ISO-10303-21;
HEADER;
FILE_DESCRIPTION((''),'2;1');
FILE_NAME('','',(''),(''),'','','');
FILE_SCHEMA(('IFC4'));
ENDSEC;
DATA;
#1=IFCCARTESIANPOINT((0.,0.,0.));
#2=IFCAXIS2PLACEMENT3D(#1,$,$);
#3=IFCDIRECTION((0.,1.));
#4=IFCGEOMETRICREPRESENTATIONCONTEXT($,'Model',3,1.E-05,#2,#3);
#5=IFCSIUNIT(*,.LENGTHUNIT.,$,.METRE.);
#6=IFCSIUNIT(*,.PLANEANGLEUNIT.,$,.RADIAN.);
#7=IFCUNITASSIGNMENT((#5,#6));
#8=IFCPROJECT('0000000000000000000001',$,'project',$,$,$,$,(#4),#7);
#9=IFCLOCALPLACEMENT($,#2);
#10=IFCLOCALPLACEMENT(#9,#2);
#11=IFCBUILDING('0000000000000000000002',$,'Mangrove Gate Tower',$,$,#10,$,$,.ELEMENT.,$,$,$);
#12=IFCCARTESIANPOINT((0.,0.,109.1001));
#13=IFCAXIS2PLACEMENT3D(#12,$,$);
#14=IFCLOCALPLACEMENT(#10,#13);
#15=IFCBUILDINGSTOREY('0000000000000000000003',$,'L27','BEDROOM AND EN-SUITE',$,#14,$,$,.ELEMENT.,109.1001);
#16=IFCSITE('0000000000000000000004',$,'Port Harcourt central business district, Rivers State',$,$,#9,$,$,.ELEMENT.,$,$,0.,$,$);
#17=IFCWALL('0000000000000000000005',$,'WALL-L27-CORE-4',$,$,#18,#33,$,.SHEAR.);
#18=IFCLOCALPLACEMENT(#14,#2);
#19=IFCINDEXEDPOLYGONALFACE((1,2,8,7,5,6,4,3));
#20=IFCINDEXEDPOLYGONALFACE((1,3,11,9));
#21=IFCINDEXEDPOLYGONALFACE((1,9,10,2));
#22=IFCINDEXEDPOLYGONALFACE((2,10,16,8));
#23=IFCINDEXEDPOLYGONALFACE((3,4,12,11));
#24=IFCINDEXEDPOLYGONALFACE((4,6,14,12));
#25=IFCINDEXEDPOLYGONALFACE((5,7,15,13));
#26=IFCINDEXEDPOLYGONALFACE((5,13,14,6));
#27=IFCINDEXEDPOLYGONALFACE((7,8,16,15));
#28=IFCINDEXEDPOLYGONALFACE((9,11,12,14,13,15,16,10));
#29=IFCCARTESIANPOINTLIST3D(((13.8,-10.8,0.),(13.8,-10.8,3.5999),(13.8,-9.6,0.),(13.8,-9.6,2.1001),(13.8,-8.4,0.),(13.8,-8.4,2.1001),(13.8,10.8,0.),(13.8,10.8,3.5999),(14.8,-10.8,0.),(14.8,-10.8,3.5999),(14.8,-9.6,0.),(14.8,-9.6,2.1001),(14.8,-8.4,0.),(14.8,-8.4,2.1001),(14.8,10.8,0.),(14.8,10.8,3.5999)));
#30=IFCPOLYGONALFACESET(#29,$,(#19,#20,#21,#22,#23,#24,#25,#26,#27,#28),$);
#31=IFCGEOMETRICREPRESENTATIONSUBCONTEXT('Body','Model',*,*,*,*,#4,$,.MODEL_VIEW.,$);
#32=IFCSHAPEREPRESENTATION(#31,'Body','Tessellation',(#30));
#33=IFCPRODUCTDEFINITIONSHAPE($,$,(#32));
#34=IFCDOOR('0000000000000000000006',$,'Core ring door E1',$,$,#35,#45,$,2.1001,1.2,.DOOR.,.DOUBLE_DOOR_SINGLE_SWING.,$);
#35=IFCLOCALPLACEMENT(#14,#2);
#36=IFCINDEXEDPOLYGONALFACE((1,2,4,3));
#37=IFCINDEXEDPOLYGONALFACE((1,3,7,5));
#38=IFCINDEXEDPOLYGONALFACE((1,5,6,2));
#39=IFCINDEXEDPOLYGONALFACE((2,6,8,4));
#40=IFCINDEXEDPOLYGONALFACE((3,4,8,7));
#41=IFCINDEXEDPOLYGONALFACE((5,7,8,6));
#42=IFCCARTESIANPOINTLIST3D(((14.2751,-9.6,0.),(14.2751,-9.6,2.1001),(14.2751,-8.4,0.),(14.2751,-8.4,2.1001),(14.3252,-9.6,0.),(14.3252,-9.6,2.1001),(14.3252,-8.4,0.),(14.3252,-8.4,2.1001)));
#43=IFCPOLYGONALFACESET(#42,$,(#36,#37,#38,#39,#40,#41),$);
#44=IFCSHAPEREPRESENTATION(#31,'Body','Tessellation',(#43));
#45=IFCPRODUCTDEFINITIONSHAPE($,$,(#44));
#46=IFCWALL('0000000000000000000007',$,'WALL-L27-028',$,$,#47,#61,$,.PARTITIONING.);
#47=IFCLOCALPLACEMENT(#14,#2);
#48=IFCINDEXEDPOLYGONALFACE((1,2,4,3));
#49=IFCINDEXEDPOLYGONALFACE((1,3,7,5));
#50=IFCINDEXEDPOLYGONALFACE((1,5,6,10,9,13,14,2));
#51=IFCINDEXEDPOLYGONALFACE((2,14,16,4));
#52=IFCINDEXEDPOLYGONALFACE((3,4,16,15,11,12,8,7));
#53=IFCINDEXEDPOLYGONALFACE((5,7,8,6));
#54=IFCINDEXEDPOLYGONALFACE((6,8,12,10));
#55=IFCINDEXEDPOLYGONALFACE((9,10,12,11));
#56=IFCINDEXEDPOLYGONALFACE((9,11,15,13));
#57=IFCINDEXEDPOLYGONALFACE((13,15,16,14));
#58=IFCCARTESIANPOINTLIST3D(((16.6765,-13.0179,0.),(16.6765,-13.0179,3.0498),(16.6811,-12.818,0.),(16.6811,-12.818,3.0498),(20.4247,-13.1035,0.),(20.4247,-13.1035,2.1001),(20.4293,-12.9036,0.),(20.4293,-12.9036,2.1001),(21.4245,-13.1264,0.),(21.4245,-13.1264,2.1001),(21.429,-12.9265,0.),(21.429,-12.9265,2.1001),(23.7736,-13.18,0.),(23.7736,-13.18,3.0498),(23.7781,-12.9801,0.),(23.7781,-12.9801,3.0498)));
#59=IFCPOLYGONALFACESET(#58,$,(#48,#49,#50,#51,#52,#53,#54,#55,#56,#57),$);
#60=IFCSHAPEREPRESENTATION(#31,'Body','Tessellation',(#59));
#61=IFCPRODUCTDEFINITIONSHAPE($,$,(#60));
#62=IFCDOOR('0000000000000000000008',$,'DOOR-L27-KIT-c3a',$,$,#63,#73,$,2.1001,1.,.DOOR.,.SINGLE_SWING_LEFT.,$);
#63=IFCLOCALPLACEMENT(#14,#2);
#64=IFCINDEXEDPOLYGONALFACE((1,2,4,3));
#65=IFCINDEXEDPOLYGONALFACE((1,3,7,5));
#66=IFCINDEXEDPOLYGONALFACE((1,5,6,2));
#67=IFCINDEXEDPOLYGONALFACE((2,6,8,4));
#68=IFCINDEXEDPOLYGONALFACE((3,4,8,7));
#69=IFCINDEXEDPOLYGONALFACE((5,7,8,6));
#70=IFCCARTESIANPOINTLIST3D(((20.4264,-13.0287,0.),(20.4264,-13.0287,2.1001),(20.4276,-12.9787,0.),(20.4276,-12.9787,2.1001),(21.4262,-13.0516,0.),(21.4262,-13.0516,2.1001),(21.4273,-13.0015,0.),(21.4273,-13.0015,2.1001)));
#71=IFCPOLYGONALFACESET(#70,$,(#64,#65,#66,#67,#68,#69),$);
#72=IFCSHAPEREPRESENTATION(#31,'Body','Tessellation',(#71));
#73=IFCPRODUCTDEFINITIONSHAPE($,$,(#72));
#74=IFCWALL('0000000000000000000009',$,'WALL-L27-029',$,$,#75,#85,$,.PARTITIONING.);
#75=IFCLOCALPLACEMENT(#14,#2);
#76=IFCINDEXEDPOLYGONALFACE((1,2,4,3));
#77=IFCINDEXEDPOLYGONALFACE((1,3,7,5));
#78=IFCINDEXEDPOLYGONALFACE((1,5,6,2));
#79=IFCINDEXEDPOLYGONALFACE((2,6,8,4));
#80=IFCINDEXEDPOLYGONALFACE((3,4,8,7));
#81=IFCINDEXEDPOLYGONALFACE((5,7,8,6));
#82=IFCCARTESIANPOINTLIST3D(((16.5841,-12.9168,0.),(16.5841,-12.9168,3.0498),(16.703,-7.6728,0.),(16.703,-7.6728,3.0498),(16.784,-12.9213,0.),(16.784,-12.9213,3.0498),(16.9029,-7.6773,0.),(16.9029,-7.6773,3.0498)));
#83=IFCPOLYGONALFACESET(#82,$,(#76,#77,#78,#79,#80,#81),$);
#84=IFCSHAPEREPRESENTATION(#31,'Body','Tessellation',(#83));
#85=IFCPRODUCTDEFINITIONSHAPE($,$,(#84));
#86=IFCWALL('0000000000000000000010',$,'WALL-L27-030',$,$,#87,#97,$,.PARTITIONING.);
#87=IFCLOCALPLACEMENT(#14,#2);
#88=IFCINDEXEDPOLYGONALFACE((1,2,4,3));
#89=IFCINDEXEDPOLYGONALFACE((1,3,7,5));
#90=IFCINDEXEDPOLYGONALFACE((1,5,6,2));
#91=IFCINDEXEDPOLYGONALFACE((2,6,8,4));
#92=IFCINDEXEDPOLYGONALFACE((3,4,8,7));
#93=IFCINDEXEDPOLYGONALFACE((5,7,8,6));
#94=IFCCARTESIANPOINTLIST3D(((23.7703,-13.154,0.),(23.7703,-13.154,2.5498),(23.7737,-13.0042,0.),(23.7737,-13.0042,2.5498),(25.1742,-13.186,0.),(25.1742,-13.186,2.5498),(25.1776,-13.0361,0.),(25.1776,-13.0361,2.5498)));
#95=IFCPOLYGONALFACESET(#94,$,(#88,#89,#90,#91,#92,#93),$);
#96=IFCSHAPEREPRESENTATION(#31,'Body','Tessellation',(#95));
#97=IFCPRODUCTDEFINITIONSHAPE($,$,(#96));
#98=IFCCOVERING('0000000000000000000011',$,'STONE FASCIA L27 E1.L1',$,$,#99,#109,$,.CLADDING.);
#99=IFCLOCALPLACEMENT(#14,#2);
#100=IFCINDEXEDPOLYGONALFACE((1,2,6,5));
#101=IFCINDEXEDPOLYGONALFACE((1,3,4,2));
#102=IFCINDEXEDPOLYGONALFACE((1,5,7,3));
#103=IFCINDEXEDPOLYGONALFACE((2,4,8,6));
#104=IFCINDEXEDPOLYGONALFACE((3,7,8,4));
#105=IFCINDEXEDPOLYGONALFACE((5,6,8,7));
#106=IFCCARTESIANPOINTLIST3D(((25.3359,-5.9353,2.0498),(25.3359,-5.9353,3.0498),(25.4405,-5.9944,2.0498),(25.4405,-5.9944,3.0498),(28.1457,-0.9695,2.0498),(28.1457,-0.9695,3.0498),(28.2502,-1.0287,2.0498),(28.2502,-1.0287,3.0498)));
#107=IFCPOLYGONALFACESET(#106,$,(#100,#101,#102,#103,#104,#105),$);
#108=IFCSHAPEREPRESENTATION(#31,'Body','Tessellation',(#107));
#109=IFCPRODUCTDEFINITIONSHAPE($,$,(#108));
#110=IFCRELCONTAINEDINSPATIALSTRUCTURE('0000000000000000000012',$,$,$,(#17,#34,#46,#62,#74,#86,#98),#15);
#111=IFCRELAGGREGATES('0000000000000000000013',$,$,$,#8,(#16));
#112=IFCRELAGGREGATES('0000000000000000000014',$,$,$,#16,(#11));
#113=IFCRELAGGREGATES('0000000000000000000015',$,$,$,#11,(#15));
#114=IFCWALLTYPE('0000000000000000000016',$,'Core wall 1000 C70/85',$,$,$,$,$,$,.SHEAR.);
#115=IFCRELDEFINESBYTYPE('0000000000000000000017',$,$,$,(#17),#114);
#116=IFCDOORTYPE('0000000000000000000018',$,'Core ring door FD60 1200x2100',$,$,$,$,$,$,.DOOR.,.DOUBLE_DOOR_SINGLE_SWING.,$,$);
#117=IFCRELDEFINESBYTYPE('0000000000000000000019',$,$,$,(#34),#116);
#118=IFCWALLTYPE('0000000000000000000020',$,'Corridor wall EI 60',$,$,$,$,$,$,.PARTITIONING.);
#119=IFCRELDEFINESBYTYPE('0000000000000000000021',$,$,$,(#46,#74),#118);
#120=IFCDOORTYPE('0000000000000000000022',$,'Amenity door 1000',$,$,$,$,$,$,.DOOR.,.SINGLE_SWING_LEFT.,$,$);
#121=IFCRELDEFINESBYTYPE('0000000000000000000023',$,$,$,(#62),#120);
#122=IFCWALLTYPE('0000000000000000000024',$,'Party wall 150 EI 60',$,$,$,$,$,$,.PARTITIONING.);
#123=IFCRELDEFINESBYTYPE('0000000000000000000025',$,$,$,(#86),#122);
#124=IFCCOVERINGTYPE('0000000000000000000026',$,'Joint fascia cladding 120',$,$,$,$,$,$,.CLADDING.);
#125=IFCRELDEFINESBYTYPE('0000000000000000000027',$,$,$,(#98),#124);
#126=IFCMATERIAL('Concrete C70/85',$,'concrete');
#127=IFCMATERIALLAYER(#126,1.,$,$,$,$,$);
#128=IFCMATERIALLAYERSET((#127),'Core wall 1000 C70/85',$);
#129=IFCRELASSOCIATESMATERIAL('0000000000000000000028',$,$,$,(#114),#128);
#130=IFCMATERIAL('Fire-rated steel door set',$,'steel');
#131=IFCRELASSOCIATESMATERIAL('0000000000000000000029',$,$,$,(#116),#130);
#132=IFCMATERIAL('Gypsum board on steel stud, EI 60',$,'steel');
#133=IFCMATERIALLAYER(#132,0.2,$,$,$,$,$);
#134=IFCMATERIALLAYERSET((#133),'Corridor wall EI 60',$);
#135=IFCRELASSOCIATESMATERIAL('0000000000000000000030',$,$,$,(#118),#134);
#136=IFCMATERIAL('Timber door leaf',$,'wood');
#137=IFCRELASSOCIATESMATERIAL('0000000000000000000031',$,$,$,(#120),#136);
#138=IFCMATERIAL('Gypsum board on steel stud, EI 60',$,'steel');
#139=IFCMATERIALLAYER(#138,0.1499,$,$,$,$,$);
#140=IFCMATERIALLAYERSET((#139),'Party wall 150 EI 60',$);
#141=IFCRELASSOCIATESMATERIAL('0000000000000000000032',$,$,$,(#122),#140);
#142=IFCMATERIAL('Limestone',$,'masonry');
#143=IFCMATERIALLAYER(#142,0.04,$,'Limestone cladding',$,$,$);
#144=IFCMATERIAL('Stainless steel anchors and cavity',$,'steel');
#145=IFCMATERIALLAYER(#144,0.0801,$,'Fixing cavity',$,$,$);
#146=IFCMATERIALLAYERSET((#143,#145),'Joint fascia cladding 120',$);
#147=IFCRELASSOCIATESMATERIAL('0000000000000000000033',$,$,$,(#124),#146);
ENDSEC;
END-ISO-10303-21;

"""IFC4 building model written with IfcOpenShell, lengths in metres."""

from ifc_helpers import new_model, si_unit, direction, frame, frame_2d, origin, place, context, subcontext, project, spatial, rectangle, extrude, material, layer, layer_set, type_object, element, fill, save


model = new_model("IFC4")

# Units and contexts
model_context = context("Model", 3, precision=1e-05, world=origin(), true_north=direction((0.0, 1.0)))
body_context = subcontext(model_context, "Body", "Model", "MODEL_VIEW")
ifc_project = project(units=[si_unit("LENGTHUNIT", "METRE"), si_unit("PLANEANGLEUNIT", "RADIAN")], contexts=[model_context])

# Site, building, storey
site_placement = place(None, origin())
site = spatial("IfcSite", under=ifc_project, at=site_placement, Name="Port Harcourt central business district, Rivers State", CompositionType="ELEMENT", RefElevation=0.0)
building_placement = place(site_placement, origin())
building = spatial("IfcBuilding", under=site, at=building_placement, Name="Mangrove Gate Tower", CompositionType="ELEMENT")
storey_placement = place(building_placement, frame((0.0, 0.0, 109.1001)))
storey = spatial("IfcBuildingStorey", under=building, at=storey_placement, Name="L27", Description="BEDROOM AND EN-SUITE", CompositionType="ELEMENT", Elevation=109.1001)

# Walls, openings, doors
ifc_material_1 = material(Name="Concrete C70/85", Category="concrete")
ifc_layer_1 = layer(ifc_material_1, 1.0)
ifc_layer_set_1 = layer_set([ifc_layer_1], Name="Core wall 1000 C70/85")
wall_type_1 = type_object("IfcWallType", Name="Core wall 1000 C70/85", PredefinedType="SHEAR", material=ifc_layer_set_1)
wall_1_placement = place(storey_placement, frame((14.3, -10.8, 0.0), z_axis=(0.0, 0.0, 1.0), x_axis=(0.0, 1.0, 0.0)))
wall_1 = element("IfcWall", 1, at=wall_1_placement, inside=storey, type_object=wall_type_1, Name="WALL-L27-CORE-4", PredefinedType="SHEAR", context=body_context, shape_type="SweptSolid", body=[
    extrude(rectangle(XDim=21.6001, YDim=1.0, at=frame_2d((10.8, 0.0))), origin(), (0.0, 0.0, 1.0), 3.5999),
])
opening_1_placement = place(wall_1_placement, frame((1.2, 0.0, 0.0)))
opening_1 = element("IfcOpeningElement", 2, at=opening_1_placement, cuts=wall_1, PredefinedType="OPENING", context=body_context, shape_type="SweptSolid", body=[
    extrude(rectangle(XDim=1.2, YDim=2.1001, at=frame_2d((0.6001, 1.05))), frame((0.0, 0.51, 0.0), z_axis=(0.0, -1.0, 0.0), x_axis=(1.0, 0.0, 0.0)), (0.0, 0.0, 1.0), 1.02),
])
ifc_material_2 = material(Name="Fire-rated steel door set", Category="steel")
door_type_1 = type_object("IfcDoorType", Name="Core ring door FD60 1200x2100", OperationType="DOUBLE_DOOR_SINGLE_SWING", PredefinedType="DOOR", material=ifc_material_2)
door_1_placement = place(opening_1_placement, origin())
door_1 = element("IfcDoor", 3, at=door_1_placement, inside=storey, type_object=door_type_1, Name="Core ring door E1", OperationType="DOUBLE_DOOR_SINGLE_SWING", OverallHeight=2.1001, OverallWidth=1.2, PredefinedType="DOOR", context=body_context, shape_type="SweptSolid", body=[
    extrude(rectangle(XDim=1.2, YDim=2.1001, at=frame_2d((0.6001, 1.05))), frame((0.0, 0.0249, 0.0), z_axis=(0.0, -1.0, 0.0), x_axis=(1.0, 0.0, 0.0)), (0.0, 0.0, 1.0), 0.05),
])
fill(opening_1, door_1)
ifc_material_3 = material(Name="Gypsum board on steel stud, EI 60", Category="steel")
ifc_layer_2 = layer(ifc_material_3, 0.2)
ifc_layer_set_2 = layer_set([ifc_layer_2], Name="Corridor wall EI 60")
wall_type_2 = type_object("IfcWallType", Name="Corridor wall EI 60", PredefinedType="PARTITIONING", material=ifc_layer_set_2)
wall_2_placement = place(storey_placement, frame((16.679, -12.918, 0.0), z_axis=(0.0, 0.0, 1.0), x_axis=(0.999739, -0.022836, 0.0)))
wall_2 = element("IfcWall", 4, at=wall_2_placement, inside=storey, type_object=wall_type_2, Name="WALL-L27-028", PredefinedType="PARTITIONING", context=body_context, shape_type="SweptSolid", body=[
    extrude(rectangle(XDim=7.0989, YDim=0.2, at=frame_2d((3.5493, 0.0))), origin(), (0.0, 0.0, 1.0), 3.0498),
])
opening_2_placement = place(wall_2_placement, frame((3.749, 0.0, 0.0)))
opening_2 = element("IfcOpeningElement", 5, at=opening_2_placement, cuts=wall_2, PredefinedType="OPENING", context=body_context, shape_type="SweptSolid", body=[
    extrude(rectangle(XDim=1.0, YDim=2.1001, at=frame_2d((0.5, 1.05))), frame((0.0, 0.1099, 0.0), z_axis=(0.0, -1.0, 0.0), x_axis=(1.0, 0.0, 0.0)), (0.0, 0.0, 1.0), 0.22),
])
ifc_material_4 = material(Name="Timber door leaf", Category="wood")
door_type_2 = type_object("IfcDoorType", Name="Amenity door 1000", OperationType="SINGLE_SWING_LEFT", PredefinedType="DOOR", material=ifc_material_4)
door_2_placement = place(opening_2_placement, origin())
door_2 = element("IfcDoor", 6, at=door_2_placement, inside=storey, type_object=door_type_2, Name="DOOR-L27-KIT-c3a", OperationType="SINGLE_SWING_LEFT", OverallHeight=2.1001, OverallWidth=1.0, PredefinedType="DOOR", context=body_context, shape_type="SweptSolid", body=[
    extrude(rectangle(XDim=1.0, YDim=2.1001, at=frame_2d((0.5, 1.05))), frame((0.0, 0.0249, 0.0), z_axis=(0.0, -1.0, 0.0), x_axis=(1.0, 0.0, 0.0)), (0.0, 0.0, 1.0), 0.05),
])
fill(opening_2, door_2)

# Walls
wall_3_placement = place(storey_placement, frame((16.6841, -12.9189, 0.0), z_axis=(0.0, 0.0, 1.0), x_axis=(0.022667, 0.999743, 0.0)))
element("IfcWall", 7, at=wall_3_placement, inside=storey, type_object=wall_type_2, Name="WALL-L27-029", PredefinedType="PARTITIONING", context=body_context, shape_type="SweptSolid", body=[
    extrude(rectangle(XDim=5.2454, YDim=0.2, at=frame_2d((2.6226, 0.0))), origin(), (0.0, 0.0, 1.0), 3.0498),
])
ifc_material_5 = material(Name="Gypsum board on steel stud, EI 60", Category="steel")
ifc_layer_3 = layer(ifc_material_5, 0.1499)
ifc_layer_set_3 = layer_set([ifc_layer_3], Name="Party wall 150 EI 60")
wall_type_3 = type_object("IfcWallType", Name="Party wall 150 EI 60", PredefinedType="PARTITIONING", material=ifc_layer_set_3)
wall_4_placement = place(storey_placement, frame((23.772, -13.0791, 0.0), z_axis=(0.0, 0.0, 1.0), x_axis=(0.999741, -0.022773, 0.0)))
element("IfcWall", 8, at=wall_4_placement, inside=storey, type_object=wall_type_3, Name="WALL-L27-030", PredefinedType="PARTITIONING", context=body_context, shape_type="SweptSolid", body=[
    extrude(rectangle(XDim=1.4043, YDim=0.1499, at=frame_2d((0.7021, 0.0))), origin(), (0.0, 0.0, 1.0), 2.5498),
])

# Covering
ifc_material_6 = material(Name="Limestone", Category="masonry")
ifc_layer_4 = layer(ifc_material_6, 0.04, Name="Limestone cladding")
ifc_material_7 = material(Name="Stainless steel anchors and cavity", Category="steel")
ifc_layer_5 = layer(ifc_material_7, 0.0801, Name="Fixing cavity")
ifc_layer_set_4 = layer_set([ifc_layer_4, ifc_layer_5], Name="Joint fascia cladding 120")
covering_type = type_object("IfcCoveringType", Name="Joint fascia cladding 120", PredefinedType="CLADDING", material=ifc_layer_set_4)
covering_placement = place(storey_placement, frame((25.3882, -5.9648, 2.0498), z_axis=(0.0, 0.0, 1.0), x_axis=(0.492462, 0.870334, 0.0)))
element("IfcCovering", 9, at=covering_placement, inside=storey, type_object=covering_type, Name="STONE FASCIA L27 E1.L1", PredefinedType="CLADDING", context=body_context, shape_type="SweptSolid", body=[
    extrude(rectangle(XDim=5.7056, YDim=0.1201, at=frame_2d((2.8528, 0.0))), origin(), (0.0, 0.0, 1.0), 1.0),
])

save(model, "model.ifc")
